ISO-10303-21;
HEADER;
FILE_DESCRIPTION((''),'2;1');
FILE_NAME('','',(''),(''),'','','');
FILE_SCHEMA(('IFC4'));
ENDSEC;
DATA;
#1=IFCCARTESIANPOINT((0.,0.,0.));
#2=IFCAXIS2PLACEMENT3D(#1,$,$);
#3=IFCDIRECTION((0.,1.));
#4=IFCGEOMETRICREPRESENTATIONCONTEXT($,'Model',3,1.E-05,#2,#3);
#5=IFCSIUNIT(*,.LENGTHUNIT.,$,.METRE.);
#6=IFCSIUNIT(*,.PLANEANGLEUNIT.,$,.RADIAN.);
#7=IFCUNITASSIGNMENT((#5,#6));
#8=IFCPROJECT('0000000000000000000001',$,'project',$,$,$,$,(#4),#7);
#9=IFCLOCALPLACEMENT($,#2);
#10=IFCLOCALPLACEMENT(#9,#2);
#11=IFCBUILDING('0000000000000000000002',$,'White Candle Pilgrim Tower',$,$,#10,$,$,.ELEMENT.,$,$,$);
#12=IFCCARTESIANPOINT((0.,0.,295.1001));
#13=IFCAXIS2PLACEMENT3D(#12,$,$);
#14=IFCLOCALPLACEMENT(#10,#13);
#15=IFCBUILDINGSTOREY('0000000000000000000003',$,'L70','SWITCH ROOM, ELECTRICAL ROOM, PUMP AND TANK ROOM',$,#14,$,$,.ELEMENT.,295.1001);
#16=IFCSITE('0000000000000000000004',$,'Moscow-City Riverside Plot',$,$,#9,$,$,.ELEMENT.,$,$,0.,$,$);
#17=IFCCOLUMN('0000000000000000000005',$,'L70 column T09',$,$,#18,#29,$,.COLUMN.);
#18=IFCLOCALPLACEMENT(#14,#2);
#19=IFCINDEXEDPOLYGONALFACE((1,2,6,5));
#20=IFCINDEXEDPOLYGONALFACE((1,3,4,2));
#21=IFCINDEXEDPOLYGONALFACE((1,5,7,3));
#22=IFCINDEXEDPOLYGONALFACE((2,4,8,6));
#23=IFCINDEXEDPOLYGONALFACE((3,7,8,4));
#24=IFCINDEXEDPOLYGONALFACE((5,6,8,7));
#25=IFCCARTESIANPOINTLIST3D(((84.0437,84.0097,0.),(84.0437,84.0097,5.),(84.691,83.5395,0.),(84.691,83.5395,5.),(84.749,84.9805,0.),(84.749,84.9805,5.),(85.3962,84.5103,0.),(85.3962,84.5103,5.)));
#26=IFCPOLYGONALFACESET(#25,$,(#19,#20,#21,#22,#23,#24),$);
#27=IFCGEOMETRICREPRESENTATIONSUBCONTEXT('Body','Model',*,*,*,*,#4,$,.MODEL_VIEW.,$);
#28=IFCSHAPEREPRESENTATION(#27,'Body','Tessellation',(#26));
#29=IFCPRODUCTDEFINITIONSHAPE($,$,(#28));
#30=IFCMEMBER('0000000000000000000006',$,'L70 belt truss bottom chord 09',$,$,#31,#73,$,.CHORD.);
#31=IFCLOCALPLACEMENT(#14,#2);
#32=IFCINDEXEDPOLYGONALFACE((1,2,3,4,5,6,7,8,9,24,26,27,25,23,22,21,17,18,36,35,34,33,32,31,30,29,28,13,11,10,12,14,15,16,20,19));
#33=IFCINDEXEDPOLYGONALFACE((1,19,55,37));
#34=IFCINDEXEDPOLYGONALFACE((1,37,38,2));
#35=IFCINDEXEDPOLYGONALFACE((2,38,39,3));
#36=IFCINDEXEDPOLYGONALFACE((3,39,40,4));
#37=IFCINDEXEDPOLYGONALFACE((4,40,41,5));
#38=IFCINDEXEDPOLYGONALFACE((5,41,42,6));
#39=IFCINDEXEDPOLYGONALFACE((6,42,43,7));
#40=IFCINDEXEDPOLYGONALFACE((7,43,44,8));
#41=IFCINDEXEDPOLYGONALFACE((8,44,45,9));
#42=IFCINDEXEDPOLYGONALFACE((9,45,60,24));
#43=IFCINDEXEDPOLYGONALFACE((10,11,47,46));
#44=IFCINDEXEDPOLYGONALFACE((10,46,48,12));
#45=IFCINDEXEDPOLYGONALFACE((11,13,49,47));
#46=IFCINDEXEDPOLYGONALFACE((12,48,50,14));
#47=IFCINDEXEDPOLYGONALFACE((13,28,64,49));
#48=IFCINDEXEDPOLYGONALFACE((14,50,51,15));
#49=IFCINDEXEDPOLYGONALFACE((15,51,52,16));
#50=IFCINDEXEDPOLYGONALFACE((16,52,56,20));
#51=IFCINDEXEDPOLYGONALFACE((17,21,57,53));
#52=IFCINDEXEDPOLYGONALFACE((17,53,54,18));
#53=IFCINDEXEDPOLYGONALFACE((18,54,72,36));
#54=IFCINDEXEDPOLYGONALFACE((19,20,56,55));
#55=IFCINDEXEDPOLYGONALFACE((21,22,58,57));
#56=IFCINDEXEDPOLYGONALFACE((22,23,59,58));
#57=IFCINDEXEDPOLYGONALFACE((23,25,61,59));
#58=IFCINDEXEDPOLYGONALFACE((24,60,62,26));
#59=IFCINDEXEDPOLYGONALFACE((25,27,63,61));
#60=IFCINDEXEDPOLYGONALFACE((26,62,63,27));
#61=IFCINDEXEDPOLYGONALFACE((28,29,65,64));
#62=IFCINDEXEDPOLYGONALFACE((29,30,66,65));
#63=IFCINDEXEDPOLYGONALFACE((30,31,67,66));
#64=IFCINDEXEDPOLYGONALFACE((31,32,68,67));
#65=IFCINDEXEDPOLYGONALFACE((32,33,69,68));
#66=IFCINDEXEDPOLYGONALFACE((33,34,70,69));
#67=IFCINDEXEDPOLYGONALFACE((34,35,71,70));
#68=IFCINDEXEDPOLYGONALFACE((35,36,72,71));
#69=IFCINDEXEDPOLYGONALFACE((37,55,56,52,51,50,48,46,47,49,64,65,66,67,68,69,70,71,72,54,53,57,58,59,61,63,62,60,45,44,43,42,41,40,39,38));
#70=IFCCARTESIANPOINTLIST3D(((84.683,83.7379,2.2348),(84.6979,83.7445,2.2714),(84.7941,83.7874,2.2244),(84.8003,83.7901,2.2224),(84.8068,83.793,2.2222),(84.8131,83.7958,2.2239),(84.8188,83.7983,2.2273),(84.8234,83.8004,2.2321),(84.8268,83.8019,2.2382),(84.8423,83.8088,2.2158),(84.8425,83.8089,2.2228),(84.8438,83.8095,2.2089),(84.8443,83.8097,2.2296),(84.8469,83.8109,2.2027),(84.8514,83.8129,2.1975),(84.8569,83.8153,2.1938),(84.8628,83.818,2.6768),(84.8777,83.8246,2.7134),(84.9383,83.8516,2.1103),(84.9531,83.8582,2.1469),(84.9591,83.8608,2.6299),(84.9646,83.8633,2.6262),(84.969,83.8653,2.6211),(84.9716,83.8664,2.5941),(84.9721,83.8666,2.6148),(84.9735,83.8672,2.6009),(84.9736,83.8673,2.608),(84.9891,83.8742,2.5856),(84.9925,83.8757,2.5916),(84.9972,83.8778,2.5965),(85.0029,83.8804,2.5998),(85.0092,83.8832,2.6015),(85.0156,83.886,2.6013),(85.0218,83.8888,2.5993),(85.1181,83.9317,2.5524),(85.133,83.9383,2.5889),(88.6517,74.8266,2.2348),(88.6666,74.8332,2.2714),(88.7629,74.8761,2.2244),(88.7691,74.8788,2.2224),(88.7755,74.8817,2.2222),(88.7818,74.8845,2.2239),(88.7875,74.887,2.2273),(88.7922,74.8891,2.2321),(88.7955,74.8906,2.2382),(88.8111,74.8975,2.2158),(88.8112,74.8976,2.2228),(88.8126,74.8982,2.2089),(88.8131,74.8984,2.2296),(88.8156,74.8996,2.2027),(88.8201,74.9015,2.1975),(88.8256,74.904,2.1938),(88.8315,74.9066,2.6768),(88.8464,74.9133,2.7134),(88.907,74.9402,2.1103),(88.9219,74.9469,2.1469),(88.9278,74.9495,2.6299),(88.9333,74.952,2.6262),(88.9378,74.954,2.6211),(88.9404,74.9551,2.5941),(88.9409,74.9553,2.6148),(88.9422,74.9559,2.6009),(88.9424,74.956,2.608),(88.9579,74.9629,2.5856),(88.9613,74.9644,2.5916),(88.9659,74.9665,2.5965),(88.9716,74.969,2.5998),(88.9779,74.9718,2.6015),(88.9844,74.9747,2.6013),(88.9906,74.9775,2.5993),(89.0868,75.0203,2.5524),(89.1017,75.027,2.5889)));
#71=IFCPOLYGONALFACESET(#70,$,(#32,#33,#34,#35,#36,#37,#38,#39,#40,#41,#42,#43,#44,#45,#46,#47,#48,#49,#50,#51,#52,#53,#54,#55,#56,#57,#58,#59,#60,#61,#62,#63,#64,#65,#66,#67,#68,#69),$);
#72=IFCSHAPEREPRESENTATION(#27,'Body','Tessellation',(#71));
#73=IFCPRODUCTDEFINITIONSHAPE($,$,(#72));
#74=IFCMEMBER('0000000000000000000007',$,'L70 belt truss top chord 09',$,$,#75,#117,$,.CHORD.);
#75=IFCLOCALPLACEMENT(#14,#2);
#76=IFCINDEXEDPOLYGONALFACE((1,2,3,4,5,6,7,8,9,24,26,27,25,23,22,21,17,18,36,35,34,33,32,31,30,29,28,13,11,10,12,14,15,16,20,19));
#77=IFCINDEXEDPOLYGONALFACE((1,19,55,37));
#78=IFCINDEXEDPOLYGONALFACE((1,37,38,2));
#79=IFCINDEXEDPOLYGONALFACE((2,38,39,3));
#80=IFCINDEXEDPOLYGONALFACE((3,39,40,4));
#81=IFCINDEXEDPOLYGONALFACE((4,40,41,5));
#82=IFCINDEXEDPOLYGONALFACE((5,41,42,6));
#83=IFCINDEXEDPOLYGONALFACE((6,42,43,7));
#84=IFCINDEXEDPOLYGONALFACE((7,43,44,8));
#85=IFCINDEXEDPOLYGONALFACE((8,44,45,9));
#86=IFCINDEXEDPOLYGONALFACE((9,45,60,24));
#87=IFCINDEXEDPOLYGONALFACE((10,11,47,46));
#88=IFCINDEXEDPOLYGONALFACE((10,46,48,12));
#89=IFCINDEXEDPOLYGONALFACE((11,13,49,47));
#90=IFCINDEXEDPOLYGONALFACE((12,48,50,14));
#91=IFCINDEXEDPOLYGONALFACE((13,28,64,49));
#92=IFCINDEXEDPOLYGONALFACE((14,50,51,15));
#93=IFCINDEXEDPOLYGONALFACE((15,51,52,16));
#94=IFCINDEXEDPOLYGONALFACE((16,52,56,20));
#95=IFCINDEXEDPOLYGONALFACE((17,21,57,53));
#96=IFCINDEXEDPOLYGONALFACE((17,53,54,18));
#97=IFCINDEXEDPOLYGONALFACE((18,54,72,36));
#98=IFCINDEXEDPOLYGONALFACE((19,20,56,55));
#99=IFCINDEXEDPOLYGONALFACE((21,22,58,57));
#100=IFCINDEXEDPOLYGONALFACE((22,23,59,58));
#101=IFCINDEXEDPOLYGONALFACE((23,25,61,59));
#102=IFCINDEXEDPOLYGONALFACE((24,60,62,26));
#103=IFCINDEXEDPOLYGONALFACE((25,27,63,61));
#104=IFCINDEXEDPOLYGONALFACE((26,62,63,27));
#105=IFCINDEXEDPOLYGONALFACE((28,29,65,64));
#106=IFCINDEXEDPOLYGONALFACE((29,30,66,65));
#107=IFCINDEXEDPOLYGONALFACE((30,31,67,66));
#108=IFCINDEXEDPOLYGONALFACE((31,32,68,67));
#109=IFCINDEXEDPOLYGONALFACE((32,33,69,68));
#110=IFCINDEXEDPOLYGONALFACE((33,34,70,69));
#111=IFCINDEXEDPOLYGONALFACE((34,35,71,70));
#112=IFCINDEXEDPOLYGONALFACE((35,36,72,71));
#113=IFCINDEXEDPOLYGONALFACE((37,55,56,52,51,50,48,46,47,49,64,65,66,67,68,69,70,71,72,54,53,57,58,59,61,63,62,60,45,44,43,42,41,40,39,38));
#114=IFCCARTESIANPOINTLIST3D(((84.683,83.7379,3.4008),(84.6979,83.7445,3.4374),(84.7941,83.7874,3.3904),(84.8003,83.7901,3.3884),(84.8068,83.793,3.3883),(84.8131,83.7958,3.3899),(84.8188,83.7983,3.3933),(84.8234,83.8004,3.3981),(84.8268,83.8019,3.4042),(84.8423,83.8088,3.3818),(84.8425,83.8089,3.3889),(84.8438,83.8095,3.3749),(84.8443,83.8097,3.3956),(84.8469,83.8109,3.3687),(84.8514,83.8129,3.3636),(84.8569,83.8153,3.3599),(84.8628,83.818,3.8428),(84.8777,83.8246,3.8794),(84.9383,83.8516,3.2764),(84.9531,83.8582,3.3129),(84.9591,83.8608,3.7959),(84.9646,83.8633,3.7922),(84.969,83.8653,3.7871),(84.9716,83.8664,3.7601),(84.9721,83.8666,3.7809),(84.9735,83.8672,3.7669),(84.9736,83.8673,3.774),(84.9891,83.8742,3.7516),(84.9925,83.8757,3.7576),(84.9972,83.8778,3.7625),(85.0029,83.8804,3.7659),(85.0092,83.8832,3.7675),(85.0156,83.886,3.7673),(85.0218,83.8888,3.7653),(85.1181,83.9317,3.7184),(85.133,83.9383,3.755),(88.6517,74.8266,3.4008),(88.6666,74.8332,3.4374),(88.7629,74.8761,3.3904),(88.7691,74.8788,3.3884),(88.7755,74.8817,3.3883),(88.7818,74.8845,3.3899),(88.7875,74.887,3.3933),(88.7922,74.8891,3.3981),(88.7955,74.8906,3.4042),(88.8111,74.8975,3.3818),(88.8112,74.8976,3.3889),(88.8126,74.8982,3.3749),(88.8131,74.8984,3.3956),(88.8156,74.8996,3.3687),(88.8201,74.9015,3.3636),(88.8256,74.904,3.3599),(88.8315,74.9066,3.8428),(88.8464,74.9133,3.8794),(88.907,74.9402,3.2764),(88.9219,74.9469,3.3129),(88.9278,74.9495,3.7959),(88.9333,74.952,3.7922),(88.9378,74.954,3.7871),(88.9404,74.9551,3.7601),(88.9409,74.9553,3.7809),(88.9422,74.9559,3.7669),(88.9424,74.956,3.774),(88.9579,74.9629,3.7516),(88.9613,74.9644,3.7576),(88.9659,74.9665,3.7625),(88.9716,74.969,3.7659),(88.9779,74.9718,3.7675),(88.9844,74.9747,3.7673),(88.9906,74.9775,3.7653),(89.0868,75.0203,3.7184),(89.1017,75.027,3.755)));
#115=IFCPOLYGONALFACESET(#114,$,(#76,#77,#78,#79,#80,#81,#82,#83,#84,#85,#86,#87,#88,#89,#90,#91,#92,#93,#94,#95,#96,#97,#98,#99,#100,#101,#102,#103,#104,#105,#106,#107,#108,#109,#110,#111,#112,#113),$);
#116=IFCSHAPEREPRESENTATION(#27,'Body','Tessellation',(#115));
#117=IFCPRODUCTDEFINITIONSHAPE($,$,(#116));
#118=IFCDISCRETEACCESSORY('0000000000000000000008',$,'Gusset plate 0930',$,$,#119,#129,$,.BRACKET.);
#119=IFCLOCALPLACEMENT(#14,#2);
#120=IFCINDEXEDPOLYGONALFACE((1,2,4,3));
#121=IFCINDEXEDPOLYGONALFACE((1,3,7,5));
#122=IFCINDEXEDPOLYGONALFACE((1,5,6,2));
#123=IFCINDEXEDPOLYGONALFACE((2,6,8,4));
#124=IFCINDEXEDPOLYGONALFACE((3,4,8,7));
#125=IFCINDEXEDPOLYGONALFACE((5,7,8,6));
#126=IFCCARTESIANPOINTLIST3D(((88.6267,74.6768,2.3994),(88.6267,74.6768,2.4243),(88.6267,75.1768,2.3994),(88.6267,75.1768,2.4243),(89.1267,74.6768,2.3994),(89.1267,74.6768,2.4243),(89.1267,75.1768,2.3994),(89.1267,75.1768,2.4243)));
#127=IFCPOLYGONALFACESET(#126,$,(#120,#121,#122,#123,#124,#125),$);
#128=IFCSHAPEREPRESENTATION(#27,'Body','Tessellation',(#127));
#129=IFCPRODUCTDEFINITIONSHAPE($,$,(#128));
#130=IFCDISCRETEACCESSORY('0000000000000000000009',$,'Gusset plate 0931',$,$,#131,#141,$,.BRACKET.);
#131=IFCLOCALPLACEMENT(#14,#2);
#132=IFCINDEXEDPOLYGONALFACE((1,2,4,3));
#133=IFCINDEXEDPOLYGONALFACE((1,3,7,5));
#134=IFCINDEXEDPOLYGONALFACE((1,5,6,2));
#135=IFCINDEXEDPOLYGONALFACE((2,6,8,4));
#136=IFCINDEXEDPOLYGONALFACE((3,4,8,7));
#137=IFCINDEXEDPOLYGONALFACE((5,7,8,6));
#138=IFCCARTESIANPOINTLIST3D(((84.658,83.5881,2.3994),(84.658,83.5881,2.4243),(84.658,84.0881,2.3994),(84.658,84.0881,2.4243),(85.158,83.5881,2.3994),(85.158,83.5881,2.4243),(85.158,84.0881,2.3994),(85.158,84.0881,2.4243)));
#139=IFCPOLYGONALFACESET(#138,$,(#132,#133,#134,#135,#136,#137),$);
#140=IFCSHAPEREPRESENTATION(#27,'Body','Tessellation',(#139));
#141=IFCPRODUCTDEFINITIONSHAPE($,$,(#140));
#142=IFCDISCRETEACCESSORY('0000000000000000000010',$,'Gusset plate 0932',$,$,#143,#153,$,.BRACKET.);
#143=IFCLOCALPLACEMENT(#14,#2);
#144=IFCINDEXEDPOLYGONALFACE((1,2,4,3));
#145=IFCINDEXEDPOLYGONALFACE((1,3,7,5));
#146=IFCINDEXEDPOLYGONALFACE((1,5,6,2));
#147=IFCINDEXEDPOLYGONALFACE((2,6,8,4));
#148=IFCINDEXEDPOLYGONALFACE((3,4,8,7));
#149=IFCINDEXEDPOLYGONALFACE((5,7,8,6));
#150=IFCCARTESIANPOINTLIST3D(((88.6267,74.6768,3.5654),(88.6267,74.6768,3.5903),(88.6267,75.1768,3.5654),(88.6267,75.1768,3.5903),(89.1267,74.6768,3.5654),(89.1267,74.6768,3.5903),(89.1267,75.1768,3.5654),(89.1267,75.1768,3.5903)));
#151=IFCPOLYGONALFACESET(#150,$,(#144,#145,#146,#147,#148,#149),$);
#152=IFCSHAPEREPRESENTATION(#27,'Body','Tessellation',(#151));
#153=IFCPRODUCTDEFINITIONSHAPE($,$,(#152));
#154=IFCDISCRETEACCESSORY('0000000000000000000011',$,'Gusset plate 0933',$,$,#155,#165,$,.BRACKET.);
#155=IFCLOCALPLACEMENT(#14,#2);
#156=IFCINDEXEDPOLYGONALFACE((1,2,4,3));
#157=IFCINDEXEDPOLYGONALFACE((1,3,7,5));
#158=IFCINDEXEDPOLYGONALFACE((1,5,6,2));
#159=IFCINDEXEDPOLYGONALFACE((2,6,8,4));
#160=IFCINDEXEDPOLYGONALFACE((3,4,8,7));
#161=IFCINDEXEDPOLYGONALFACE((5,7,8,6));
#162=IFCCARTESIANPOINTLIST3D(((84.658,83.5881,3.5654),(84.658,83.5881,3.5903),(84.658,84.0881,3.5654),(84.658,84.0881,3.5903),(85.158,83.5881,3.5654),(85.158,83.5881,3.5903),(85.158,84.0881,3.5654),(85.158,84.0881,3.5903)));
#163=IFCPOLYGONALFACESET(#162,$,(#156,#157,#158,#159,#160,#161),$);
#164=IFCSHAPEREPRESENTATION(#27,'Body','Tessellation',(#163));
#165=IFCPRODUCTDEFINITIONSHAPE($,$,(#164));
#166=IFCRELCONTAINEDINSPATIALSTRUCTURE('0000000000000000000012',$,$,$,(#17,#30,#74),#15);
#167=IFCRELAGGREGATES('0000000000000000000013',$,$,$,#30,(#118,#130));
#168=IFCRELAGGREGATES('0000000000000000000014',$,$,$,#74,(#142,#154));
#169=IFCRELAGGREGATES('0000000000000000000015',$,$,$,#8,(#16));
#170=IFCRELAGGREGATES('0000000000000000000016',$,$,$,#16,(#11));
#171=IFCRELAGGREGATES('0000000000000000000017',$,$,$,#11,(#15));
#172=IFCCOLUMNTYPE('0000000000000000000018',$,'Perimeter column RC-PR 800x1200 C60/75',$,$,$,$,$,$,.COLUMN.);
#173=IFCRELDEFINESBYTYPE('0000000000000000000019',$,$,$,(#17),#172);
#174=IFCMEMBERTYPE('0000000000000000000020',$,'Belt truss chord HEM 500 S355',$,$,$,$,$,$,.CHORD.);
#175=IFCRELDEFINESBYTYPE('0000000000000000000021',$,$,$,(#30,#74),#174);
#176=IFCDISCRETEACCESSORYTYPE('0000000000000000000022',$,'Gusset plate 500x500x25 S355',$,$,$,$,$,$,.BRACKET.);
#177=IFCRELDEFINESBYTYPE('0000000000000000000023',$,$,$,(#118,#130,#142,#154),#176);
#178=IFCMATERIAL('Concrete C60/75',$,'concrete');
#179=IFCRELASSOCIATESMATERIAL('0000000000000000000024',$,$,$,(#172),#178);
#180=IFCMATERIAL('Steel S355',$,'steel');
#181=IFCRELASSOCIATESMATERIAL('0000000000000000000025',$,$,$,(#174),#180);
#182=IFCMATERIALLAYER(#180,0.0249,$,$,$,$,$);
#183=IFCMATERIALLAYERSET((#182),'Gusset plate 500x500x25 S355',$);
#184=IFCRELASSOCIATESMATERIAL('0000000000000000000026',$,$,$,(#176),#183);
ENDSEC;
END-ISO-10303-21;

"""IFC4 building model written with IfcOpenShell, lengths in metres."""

from ifc_helpers import new_model, si_unit, direction, frame, origin, origin_2d, place, context, subcontext, project, spatial, rectangle, i_section, extrude, material, layer, layer_set, material_profile, profile_set, type_object, element, aggregate, save


model = new_model("IFC4")

# Units and contexts
model_context = context("Model", 3, precision=1e-05, world=origin(), true_north=direction((0.0, 1.0)))
body_context = subcontext(model_context, "Body", "Model", "MODEL_VIEW")
ifc_project = project(units=[si_unit("LENGTHUNIT", "METRE"), si_unit("PLANEANGLEUNIT", "RADIAN")], contexts=[model_context])

# Site, building, storey
site_placement = place(None, origin())
site = spatial("IfcSite", under=ifc_project, at=site_placement, Name="Moscow-City Riverside Plot", CompositionType="ELEMENT", RefElevation=0.0)
building_placement = place(site_placement, origin())
building = spatial("IfcBuilding", under=site, at=building_placement, Name="White Candle Pilgrim Tower", CompositionType="ELEMENT")
storey_placement = place(building_placement, frame((0.0, 0.0, 295.1001)))
storey = spatial("IfcBuildingStorey", under=building, at=storey_placement, Name="L70", Description="SWITCH ROOM, ELECTRICAL ROOM, PUMP AND TANK ROOM", CompositionType="ELEMENT", Elevation=295.1001)

# Column
ifc_material_1 = material(Name="Concrete C60/75", Category="concrete")
ifc_material_profile_1 = material_profile(ifc_material_1, rectangle(XDim=0.8, YDim=1.2, at=origin_2d()), Name="RC-PR 800x1200")
ifc_profile_set_1 = profile_set([ifc_material_profile_1], Name="Concrete C60/75")
column_type = type_object("IfcColumnType", Name="Perimeter column RC-PR 800x1200 C60/75", PredefinedType="COLUMN", material=ifc_profile_set_1)
column_placement = place(storey_placement, frame((84.72, 84.26, 0.0), z_axis=(0.0, 0.0, 1.0), x_axis=(0.809027, -0.587771, 0.0)))
element("IfcColumn", 1, at=column_placement, inside=storey, type_object=column_type, Name="L70 column T09", PredefinedType="COLUMN", context=body_context, shape_type="SweptSolid", body=[
    extrude(rectangle(XDim=0.8, YDim=1.2, at=origin_2d()), origin(), (0.0, 0.0, 1.0), 5.0),
])

# Members
ifc_material_2 = material(Name="Steel S355", Category="steel")
ifc_material_profile_2 = material_profile(ifc_material_2, i_section(OverallWidth=0.3059, OverallDepth=0.5239, WebThickness=0.021, FlangeThickness=0.04, FilletRadius=0.0271, at=origin_2d()), Name="HEM 500")
ifc_profile_set_2 = profile_set([ifc_material_profile_2], Name="Steel S355")
member_type_1 = type_object("IfcMemberType", Name="Belt truss chord HEM 500 S355", PredefinedType="CHORD", material=ifc_profile_set_2)
member_1_placement = place(storey_placement, frame((88.8767, 74.9268, 2.4119), z_axis=(-0.406835, 0.913502, 0.0), x_axis=(0.834486, 0.371645, -0.406834)))
member_1 = element("IfcMember", 2, at=member_1_placement, inside=storey, type_object=member_type_1, Name="L70 belt truss bottom chord 09", PredefinedType="CHORD", context=body_context, shape_type="SweptSolid", body=[
    extrude(i_section(OverallWidth=0.3059, OverallDepth=0.5239, WebThickness=0.021, FlangeThickness=0.04, FilletRadius=0.0271, at=origin_2d()), origin(), (0.0, 0.0, 1.0), 9.7551),
])
member_2_placement = place(storey_placement, frame((88.8767, 74.9268, 3.5779), z_axis=(-0.406835, 0.913502, 0.0), x_axis=(0.834486, 0.371645, -0.406834)))
member_2 = element("IfcMember", 3, at=member_2_placement, inside=storey, type_object=member_type_1, Name="L70 belt truss top chord 09", PredefinedType="CHORD", context=body_context, shape_type="SweptSolid", body=[
    extrude(i_section(OverallWidth=0.3059, OverallDepth=0.5239, WebThickness=0.021, FlangeThickness=0.04, FilletRadius=0.0271, at=origin_2d()), origin(), (0.0, 0.0, 1.0), 9.7551),
])

# Discrete accessories
ifc_layer_1 = layer(ifc_material_2, 0.0249)
ifc_layer_set_1 = layer_set([ifc_layer_1], Name="Gusset plate 500x500x25 S355")
discrete_accessory_type_1 = type_object("IfcDiscreteAccessoryType", Name="Gusset plate 500x500x25 S355", PredefinedType="BRACKET", material=ifc_layer_set_1)
discrete_accessory_1_placement = place(storey_placement, frame((88.8767, 74.9268, 2.3994), z_axis=(0.0, 0.0, 1.0), x_axis=(1.0, 0.0, 0.0)))
discrete_accessory_1 = element("IfcDiscreteAccessory", 4, at=discrete_accessory_1_placement, type_object=discrete_accessory_type_1, Name="Gusset plate 0930", PredefinedType="BRACKET", context=body_context, shape_type="SweptSolid", body=[
    extrude(rectangle(XDim=0.5, YDim=0.5, at=origin_2d()), origin(), (0.0, 0.0, 1.0), 0.0249),
])
discrete_accessory_2_placement = place(storey_placement, frame((84.908, 83.8381, 2.3994), z_axis=(0.0, 0.0, 1.0), x_axis=(1.0, 0.0, 0.0)))
discrete_accessory_2 = element("IfcDiscreteAccessory", 5, at=discrete_accessory_2_placement, type_object=discrete_accessory_type_1, Name="Gusset plate 0931", PredefinedType="BRACKET", context=body_context, shape_type="SweptSolid", body=[
    extrude(rectangle(XDim=0.5, YDim=0.5, at=origin_2d()), origin(), (0.0, 0.0, 1.0), 0.0249),
])
aggregate(member_1, [discrete_accessory_1, discrete_accessory_2])
discrete_accessory_3_placement = place(storey_placement, frame((88.8767, 74.9268, 3.5654), z_axis=(0.0, 0.0, 1.0), x_axis=(1.0, 0.0, 0.0)))
discrete_accessory_3 = element("IfcDiscreteAccessory", 6, at=discrete_accessory_3_placement, type_object=discrete_accessory_type_1, Name="Gusset plate 0932", PredefinedType="BRACKET", context=body_context, shape_type="SweptSolid", body=[
    extrude(rectangle(XDim=0.5, YDim=0.5, at=origin_2d()), origin(), (0.0, 0.0, 1.0), 0.0249),
])
discrete_accessory_4_placement = place(storey_placement, frame((84.908, 83.8381, 3.5654), z_axis=(0.0, 0.0, 1.0), x_axis=(1.0, 0.0, 0.0)))
discrete_accessory_4 = element("IfcDiscreteAccessory", 7, at=discrete_accessory_4_placement, type_object=discrete_accessory_type_1, Name="Gusset plate 0933", PredefinedType="BRACKET", context=body_context, shape_type="SweptSolid", body=[
    extrude(rectangle(XDim=0.5, YDim=0.5, at=origin_2d()), origin(), (0.0, 0.0, 1.0), 0.0249),
])
aggregate(member_2, [discrete_accessory_3, discrete_accessory_4])

save(model, "model.ifc")
